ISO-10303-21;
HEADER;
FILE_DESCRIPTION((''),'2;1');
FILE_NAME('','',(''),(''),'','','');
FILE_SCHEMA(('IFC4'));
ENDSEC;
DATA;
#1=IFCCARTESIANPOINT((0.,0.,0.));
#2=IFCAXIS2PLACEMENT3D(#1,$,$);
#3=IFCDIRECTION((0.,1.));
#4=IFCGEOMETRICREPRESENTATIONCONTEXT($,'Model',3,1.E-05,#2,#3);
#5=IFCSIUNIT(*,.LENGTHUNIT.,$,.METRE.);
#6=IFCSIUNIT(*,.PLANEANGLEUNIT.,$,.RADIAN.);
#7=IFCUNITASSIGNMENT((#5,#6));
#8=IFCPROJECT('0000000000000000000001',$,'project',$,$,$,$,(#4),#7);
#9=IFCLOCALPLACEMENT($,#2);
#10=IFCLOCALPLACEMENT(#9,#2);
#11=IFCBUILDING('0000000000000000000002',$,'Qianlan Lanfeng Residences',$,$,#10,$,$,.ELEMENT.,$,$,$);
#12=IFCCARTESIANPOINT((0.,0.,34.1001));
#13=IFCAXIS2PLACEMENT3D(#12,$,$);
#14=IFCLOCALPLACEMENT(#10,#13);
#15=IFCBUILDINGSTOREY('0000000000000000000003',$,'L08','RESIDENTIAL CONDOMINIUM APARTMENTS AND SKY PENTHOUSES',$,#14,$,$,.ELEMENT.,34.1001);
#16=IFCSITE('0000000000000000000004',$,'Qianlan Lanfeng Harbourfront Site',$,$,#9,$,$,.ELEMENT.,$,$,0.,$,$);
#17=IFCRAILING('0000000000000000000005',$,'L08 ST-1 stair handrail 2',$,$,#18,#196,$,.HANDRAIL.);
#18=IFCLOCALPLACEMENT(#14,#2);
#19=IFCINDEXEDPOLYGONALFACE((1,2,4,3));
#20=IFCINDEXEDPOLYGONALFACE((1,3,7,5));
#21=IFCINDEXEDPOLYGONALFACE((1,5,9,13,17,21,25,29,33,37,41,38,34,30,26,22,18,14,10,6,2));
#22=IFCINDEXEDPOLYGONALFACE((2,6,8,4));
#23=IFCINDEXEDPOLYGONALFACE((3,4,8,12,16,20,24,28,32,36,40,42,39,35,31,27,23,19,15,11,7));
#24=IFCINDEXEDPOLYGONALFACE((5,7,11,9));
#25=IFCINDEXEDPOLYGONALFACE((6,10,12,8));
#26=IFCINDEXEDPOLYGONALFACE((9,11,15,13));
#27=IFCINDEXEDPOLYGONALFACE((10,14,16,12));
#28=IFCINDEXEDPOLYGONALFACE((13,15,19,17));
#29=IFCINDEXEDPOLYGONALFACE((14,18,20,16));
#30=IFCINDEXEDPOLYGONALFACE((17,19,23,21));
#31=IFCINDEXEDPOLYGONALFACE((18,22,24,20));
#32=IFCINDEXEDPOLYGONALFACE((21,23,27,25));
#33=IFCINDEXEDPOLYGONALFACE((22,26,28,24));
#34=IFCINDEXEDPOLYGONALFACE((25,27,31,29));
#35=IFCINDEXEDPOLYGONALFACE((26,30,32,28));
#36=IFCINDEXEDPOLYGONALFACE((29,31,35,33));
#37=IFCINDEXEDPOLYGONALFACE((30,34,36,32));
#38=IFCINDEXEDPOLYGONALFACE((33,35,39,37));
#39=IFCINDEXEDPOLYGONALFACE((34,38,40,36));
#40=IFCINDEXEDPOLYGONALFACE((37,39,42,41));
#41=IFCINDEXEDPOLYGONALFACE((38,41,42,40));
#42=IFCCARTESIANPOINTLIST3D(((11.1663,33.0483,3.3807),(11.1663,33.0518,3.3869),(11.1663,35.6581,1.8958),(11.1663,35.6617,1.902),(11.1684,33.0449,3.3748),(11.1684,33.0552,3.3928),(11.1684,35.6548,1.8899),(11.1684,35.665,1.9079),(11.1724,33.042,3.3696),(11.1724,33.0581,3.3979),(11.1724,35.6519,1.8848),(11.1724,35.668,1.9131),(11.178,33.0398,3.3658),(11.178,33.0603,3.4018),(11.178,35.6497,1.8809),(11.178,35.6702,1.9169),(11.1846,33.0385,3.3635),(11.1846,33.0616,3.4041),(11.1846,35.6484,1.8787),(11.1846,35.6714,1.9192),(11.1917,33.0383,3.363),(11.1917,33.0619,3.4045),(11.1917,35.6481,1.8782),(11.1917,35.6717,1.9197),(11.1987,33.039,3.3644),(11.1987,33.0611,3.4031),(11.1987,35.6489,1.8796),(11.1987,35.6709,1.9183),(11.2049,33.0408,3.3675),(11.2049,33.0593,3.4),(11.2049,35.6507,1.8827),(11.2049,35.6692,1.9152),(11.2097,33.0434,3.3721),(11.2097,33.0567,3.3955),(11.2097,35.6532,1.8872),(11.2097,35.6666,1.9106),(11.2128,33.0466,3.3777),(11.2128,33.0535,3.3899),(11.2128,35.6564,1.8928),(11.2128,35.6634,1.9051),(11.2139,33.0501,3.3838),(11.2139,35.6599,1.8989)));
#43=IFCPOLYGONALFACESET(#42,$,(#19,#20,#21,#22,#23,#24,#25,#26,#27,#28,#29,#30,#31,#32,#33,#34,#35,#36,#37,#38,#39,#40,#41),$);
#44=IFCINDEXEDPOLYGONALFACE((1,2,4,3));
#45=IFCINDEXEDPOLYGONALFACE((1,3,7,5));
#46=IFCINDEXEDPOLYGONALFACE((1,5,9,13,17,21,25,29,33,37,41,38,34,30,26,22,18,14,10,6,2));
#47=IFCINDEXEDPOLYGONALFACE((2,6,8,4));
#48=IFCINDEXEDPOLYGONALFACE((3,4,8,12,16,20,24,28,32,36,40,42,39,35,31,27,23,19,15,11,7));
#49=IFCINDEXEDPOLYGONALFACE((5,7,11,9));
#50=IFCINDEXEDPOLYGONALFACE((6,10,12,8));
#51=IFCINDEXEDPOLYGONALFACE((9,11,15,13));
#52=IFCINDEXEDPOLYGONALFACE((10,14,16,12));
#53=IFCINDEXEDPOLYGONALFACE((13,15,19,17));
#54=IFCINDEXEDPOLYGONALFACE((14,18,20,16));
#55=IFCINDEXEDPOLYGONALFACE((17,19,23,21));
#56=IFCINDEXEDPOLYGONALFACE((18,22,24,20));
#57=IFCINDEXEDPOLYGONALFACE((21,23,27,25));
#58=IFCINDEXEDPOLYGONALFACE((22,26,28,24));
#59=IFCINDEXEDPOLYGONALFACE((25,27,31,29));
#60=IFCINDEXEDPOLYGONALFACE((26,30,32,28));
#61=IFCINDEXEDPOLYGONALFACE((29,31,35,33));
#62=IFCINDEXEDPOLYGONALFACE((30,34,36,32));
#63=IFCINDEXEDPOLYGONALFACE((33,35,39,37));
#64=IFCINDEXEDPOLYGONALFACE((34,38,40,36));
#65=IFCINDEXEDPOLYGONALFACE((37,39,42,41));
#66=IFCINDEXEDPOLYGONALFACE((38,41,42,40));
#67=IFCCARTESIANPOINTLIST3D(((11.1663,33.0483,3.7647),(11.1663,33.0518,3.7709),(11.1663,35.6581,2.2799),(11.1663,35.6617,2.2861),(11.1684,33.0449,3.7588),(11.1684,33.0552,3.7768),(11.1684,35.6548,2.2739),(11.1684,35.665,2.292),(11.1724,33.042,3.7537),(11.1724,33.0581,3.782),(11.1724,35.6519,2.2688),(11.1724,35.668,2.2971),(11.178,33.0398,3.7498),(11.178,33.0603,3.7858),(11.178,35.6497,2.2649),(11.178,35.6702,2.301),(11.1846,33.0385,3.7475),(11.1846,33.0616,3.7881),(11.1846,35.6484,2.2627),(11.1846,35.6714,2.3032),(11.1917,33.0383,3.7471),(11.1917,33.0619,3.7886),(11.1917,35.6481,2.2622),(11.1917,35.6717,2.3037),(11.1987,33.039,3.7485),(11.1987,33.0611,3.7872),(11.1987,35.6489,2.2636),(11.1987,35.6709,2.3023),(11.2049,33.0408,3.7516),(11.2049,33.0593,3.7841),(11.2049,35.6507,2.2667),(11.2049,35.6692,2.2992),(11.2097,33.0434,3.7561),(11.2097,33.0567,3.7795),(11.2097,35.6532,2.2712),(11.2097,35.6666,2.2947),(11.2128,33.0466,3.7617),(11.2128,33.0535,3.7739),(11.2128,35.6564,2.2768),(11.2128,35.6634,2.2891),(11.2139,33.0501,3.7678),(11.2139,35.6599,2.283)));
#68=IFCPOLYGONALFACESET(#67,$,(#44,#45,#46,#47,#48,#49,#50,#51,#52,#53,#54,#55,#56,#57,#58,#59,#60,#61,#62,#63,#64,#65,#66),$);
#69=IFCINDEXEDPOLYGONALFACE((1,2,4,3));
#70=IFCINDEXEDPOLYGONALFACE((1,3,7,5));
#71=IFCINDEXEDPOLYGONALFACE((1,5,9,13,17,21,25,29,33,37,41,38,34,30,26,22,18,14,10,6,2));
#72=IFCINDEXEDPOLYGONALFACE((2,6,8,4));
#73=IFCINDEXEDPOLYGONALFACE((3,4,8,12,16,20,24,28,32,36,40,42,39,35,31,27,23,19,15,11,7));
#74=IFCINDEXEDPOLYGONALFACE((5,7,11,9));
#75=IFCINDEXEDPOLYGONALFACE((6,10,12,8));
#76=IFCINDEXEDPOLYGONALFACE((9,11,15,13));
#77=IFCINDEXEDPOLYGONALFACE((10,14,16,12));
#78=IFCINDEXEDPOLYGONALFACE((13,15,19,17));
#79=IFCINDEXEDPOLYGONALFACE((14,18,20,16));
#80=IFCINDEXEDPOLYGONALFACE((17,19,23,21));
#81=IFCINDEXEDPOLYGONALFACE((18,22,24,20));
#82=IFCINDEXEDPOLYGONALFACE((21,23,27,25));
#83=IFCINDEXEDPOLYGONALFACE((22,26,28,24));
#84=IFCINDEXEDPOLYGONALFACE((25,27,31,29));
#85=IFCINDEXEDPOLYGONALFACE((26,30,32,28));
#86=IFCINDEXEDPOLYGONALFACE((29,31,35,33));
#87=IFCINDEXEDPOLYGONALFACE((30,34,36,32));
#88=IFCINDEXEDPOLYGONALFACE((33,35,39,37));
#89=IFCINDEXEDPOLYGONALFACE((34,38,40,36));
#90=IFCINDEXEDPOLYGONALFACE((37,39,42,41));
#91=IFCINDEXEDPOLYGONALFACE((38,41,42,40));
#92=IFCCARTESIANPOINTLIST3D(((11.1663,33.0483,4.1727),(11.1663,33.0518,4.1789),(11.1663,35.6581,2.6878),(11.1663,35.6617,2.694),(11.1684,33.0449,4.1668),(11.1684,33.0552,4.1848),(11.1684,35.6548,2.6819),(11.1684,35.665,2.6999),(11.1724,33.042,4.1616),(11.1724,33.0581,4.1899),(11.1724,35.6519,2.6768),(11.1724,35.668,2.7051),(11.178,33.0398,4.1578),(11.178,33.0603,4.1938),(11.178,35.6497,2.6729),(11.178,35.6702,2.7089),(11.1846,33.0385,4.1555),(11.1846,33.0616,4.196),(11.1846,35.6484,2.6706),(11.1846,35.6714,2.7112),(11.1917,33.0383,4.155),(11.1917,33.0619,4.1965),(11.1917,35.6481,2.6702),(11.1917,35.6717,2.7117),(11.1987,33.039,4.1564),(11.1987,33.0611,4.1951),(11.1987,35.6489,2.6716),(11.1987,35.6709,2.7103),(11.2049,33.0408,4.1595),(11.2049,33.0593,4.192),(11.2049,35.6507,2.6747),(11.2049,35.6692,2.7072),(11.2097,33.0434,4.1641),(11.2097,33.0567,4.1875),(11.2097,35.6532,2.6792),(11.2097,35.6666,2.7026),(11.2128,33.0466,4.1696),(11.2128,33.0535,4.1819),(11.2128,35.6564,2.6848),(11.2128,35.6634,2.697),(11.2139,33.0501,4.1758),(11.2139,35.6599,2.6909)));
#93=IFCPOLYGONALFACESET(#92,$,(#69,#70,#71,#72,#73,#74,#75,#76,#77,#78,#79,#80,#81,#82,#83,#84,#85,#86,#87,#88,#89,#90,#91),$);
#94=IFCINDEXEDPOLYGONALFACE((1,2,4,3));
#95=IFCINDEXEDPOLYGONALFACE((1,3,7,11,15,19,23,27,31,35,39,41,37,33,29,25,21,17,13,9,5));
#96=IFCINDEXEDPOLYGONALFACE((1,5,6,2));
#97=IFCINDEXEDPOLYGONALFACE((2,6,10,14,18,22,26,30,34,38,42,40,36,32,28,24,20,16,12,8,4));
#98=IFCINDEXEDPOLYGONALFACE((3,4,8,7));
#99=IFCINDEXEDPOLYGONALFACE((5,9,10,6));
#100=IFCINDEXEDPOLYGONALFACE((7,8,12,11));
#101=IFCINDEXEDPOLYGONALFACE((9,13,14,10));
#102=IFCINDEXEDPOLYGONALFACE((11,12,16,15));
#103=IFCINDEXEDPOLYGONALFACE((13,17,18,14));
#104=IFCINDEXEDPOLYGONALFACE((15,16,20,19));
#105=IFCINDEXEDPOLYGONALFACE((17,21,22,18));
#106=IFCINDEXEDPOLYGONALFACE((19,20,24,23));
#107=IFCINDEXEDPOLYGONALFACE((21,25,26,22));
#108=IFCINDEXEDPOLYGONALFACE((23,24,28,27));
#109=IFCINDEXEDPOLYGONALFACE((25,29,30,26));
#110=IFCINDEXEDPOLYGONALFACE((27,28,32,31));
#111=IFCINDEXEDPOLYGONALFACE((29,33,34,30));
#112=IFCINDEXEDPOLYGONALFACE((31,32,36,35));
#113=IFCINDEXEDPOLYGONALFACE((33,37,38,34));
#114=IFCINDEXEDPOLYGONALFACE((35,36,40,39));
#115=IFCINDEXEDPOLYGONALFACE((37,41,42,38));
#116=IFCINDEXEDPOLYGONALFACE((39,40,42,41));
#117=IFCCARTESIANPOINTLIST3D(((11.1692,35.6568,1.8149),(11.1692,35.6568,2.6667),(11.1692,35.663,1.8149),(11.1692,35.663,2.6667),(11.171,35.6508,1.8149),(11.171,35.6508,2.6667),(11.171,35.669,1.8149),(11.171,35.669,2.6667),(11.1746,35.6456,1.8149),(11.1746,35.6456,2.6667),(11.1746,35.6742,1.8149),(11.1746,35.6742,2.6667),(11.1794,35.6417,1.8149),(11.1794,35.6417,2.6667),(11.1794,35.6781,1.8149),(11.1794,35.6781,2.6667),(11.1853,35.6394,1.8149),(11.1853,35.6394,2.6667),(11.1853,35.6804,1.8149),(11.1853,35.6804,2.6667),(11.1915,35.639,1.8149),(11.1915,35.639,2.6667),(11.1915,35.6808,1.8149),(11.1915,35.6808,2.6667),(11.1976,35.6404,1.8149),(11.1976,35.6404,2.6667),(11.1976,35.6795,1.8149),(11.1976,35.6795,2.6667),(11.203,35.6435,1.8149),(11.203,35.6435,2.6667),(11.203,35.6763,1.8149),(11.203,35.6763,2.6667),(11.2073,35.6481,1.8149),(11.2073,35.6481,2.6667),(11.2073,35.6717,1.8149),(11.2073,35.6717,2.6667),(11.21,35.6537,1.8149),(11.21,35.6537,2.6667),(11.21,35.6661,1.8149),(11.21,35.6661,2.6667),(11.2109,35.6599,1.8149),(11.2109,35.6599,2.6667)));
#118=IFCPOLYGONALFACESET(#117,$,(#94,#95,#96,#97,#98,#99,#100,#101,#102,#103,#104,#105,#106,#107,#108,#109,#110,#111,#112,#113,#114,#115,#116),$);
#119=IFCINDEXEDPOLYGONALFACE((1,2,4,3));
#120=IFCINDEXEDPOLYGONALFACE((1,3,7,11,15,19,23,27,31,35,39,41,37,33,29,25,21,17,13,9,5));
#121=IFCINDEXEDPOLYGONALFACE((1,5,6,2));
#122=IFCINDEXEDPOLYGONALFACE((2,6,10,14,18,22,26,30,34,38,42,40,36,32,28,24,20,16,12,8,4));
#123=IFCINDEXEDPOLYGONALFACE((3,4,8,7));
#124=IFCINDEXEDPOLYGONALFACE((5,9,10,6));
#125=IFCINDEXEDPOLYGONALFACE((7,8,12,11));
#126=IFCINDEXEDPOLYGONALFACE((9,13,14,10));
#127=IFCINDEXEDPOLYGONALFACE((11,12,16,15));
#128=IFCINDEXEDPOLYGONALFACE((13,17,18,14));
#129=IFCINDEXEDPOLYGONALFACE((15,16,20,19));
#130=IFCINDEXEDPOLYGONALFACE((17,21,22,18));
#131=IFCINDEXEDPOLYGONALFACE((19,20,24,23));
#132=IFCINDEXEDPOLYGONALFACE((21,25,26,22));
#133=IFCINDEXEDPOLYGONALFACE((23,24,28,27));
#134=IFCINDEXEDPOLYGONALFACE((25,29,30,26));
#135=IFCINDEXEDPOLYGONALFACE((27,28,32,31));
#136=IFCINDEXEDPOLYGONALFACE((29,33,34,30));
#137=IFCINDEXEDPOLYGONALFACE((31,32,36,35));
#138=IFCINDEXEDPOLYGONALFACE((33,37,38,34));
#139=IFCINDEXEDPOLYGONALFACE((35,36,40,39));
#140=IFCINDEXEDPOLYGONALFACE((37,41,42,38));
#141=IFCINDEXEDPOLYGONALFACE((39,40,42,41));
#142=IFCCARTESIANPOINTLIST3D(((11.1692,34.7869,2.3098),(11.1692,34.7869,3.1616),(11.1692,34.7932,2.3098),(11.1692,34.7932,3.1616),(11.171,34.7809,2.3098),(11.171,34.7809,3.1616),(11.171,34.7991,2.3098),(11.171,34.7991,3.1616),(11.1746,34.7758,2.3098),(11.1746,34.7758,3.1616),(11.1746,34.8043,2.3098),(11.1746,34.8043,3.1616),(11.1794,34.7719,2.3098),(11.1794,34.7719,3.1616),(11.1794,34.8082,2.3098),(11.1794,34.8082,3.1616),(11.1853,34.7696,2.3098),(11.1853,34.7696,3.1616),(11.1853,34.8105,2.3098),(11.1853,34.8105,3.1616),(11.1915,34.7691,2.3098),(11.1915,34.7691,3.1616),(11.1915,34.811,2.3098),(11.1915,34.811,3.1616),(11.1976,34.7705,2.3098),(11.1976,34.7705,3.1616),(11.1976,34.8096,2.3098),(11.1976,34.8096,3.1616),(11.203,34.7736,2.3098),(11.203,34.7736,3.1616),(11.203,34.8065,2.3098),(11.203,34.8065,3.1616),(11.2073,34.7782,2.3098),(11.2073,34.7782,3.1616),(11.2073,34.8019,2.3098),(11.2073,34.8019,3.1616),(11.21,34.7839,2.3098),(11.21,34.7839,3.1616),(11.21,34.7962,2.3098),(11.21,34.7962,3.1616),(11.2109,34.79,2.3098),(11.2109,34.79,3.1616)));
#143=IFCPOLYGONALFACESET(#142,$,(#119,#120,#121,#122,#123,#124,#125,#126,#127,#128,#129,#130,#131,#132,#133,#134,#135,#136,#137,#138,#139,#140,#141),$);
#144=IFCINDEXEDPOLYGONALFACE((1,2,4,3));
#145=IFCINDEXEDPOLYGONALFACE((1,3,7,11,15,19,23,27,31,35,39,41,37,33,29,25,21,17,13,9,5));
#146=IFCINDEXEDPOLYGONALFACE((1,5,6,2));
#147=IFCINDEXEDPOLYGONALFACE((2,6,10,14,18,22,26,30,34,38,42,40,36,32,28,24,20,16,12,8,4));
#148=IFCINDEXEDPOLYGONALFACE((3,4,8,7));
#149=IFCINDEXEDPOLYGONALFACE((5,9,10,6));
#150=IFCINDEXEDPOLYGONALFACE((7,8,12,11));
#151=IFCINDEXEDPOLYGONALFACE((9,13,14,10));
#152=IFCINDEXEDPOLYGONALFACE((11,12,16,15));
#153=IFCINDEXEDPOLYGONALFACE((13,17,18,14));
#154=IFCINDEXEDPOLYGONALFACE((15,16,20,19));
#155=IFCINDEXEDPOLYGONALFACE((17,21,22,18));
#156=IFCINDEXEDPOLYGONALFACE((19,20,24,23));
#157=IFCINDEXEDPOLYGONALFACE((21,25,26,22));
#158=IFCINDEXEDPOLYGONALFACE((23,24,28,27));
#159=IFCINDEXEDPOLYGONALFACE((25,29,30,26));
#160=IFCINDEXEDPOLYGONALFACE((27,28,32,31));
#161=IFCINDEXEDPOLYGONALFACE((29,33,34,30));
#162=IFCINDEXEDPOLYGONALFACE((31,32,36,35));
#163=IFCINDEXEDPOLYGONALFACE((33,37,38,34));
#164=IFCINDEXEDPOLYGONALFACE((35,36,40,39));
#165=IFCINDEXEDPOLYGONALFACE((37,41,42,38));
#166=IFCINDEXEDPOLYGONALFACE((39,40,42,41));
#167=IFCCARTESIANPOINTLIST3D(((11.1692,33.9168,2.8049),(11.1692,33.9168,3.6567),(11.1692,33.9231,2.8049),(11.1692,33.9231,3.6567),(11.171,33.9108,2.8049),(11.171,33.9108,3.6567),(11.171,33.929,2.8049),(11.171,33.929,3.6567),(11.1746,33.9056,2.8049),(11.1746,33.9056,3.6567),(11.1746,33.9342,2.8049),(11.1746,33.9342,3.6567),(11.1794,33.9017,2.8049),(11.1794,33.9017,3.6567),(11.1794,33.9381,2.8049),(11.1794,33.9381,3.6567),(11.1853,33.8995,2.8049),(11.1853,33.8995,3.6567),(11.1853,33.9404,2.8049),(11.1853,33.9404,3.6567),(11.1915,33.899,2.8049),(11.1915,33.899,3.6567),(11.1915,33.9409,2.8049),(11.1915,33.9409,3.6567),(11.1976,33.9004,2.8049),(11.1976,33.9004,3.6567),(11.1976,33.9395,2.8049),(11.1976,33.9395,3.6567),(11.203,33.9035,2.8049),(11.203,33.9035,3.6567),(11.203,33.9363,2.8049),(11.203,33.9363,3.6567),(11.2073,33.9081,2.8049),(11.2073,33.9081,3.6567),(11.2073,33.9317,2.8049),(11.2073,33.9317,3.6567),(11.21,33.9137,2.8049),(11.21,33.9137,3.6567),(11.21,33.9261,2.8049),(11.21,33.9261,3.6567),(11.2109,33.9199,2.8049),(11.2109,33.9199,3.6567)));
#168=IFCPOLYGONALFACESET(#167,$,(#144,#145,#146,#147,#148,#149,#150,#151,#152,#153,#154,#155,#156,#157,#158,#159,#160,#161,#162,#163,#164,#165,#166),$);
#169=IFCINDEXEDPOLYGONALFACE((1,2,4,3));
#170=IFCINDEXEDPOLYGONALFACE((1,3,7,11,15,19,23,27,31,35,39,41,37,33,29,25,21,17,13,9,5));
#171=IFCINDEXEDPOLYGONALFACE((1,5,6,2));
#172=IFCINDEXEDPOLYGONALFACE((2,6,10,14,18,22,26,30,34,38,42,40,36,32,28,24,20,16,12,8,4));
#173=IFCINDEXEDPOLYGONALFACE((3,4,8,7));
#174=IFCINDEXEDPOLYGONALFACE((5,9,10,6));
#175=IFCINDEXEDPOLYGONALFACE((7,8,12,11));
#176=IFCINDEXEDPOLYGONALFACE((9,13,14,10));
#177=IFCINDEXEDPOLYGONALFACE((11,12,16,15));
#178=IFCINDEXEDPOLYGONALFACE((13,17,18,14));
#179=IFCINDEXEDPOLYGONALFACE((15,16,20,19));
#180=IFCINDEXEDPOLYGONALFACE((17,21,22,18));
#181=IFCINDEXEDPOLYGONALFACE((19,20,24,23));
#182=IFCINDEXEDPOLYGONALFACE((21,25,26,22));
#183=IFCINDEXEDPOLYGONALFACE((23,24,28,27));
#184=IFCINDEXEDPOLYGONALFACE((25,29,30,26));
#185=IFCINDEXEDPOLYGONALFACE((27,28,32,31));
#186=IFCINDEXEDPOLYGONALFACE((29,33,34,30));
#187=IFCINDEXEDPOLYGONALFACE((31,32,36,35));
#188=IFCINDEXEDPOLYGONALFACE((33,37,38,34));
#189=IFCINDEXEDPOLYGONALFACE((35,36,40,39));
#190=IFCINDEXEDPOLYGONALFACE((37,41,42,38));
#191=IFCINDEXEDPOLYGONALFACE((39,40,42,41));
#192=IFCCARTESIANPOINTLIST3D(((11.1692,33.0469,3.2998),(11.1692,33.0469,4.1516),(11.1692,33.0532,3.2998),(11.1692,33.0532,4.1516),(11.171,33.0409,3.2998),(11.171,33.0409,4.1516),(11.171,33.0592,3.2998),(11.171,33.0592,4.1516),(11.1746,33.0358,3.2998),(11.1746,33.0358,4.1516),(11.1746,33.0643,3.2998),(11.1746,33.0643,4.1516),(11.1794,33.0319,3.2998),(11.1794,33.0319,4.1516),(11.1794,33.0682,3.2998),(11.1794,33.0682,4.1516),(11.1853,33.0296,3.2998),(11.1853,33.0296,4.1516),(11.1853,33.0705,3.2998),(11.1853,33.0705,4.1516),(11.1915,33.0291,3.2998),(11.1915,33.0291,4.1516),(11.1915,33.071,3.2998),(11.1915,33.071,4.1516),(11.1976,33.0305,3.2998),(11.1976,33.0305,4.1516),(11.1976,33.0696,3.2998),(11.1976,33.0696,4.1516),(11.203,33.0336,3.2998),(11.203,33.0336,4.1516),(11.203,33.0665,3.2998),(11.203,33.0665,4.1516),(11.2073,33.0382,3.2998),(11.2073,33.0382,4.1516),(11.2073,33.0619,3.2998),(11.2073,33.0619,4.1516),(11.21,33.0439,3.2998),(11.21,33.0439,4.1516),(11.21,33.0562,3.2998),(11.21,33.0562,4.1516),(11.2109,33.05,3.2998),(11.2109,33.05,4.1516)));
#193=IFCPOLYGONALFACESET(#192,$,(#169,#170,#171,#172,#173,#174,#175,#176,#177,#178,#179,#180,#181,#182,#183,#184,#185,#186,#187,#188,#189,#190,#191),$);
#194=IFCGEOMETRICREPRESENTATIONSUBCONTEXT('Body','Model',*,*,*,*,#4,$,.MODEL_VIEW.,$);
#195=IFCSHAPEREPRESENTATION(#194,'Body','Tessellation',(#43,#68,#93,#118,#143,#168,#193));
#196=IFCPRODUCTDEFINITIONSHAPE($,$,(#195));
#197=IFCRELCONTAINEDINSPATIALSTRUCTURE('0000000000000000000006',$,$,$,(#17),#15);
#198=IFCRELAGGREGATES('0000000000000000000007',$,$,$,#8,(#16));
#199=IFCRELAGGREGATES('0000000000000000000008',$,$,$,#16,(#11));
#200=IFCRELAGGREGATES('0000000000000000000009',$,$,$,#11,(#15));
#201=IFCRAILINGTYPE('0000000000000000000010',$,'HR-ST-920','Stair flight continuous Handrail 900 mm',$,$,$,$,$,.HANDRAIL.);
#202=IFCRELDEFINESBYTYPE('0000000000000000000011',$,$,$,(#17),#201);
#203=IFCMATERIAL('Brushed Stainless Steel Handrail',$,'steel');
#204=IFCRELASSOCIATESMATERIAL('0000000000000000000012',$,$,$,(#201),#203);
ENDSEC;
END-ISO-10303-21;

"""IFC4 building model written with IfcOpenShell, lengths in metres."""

from ifc_helpers import new_model, si_unit, direction, frame, origin, origin_2d, place, context, subcontext, project, spatial, circle, extrude, material, type_object, element, save


model = new_model("IFC4")

# Units and contexts
model_context = context("Model", 3, precision=1e-05, world=origin(), true_north=direction((0.0, 1.0)))
body_context = subcontext(model_context, "Body", "Model", "MODEL_VIEW")
ifc_project = project(units=[si_unit("LENGTHUNIT", "METRE"), si_unit("PLANEANGLEUNIT", "RADIAN")], contexts=[model_context])

# Site, building, storey
site_placement = place(None, origin())
site = spatial("IfcSite", under=ifc_project, at=site_placement, Name="Qianlan Lanfeng Harbourfront Site", CompositionType="ELEMENT", RefElevation=0.0)
building_placement = place(site_placement, origin())
building = spatial("IfcBuilding", under=site, at=building_placement, Name="Qianlan Lanfeng Residences", CompositionType="ELEMENT")
storey_placement = place(building_placement, frame((0.0, 0.0, 34.1001)))
storey = spatial("IfcBuildingStorey", under=building, at=storey_placement, Name="L08", Description="RESIDENTIAL CONDOMINIUM APARTMENTS AND SKY PENTHOUSES", CompositionType="ELEMENT", Elevation=34.1001)

# Railing
ifc_material_1 = material(Name="Brushed Stainless Steel Handrail", Category="steel")
railing_type_1 = type_object("IfcRailingType", Name="HR-ST-920", Description="Stair flight continuous Handrail 900 mm", PredefinedType="HANDRAIL", material=ifc_material_1)
railing_1_placement = place(storey_placement, frame((11.1899, 35.6599, 1.8149)))
element("IfcRailing", 1, at=railing_1_placement, inside=storey, type_object=railing_type_1, Name="L08 ST-1 stair handrail 2", PredefinedType="HANDRAIL", context=body_context, shape_type="SweptSolid", body=[
    extrude(circle(Radius=0.0239, at=origin_2d()), frame((0.0, 0.0, 0.084), z_axis=(0.0, -0.869172, 0.494509), x_axis=(1.0, 0.0, 0.0)), (0.0, 0.0, 1.0), 3.0027),
    extrude(circle(Radius=0.0239, at=origin_2d()), frame((0.0, 0.0, 0.468), z_axis=(0.0, -0.869172, 0.494509), x_axis=(1.0, 0.0, 0.0)), (0.0, 0.0, 1.0), 3.0027),
    extrude(circle(Radius=0.0239, at=origin_2d()), frame((0.0, 0.0, 0.876), z_axis=(0.0, -0.869172, 0.494509), x_axis=(1.0, 0.0, 0.0)), (0.0, 0.0, 1.0), 3.0027),
    extrude(circle(Radius=0.021, at=origin_2d()), origin(), (0.0, 0.0, 1.0), 0.8518),
    extrude(circle(Radius=0.021, at=origin_2d()), frame((0.0, -0.8699, 0.4949)), (0.0, 0.0, 1.0), 0.8518),
    extrude(circle(Radius=0.021, at=origin_2d()), frame((0.0, -1.74, 0.99)), (0.0, 0.0, 1.0), 0.8518),
    extrude(circle(Radius=0.021, at=origin_2d()), frame((0.0, -2.6099, 1.4849)), (0.0, 0.0, 1.0), 0.8518),
])

save(model, "model.ifc")
